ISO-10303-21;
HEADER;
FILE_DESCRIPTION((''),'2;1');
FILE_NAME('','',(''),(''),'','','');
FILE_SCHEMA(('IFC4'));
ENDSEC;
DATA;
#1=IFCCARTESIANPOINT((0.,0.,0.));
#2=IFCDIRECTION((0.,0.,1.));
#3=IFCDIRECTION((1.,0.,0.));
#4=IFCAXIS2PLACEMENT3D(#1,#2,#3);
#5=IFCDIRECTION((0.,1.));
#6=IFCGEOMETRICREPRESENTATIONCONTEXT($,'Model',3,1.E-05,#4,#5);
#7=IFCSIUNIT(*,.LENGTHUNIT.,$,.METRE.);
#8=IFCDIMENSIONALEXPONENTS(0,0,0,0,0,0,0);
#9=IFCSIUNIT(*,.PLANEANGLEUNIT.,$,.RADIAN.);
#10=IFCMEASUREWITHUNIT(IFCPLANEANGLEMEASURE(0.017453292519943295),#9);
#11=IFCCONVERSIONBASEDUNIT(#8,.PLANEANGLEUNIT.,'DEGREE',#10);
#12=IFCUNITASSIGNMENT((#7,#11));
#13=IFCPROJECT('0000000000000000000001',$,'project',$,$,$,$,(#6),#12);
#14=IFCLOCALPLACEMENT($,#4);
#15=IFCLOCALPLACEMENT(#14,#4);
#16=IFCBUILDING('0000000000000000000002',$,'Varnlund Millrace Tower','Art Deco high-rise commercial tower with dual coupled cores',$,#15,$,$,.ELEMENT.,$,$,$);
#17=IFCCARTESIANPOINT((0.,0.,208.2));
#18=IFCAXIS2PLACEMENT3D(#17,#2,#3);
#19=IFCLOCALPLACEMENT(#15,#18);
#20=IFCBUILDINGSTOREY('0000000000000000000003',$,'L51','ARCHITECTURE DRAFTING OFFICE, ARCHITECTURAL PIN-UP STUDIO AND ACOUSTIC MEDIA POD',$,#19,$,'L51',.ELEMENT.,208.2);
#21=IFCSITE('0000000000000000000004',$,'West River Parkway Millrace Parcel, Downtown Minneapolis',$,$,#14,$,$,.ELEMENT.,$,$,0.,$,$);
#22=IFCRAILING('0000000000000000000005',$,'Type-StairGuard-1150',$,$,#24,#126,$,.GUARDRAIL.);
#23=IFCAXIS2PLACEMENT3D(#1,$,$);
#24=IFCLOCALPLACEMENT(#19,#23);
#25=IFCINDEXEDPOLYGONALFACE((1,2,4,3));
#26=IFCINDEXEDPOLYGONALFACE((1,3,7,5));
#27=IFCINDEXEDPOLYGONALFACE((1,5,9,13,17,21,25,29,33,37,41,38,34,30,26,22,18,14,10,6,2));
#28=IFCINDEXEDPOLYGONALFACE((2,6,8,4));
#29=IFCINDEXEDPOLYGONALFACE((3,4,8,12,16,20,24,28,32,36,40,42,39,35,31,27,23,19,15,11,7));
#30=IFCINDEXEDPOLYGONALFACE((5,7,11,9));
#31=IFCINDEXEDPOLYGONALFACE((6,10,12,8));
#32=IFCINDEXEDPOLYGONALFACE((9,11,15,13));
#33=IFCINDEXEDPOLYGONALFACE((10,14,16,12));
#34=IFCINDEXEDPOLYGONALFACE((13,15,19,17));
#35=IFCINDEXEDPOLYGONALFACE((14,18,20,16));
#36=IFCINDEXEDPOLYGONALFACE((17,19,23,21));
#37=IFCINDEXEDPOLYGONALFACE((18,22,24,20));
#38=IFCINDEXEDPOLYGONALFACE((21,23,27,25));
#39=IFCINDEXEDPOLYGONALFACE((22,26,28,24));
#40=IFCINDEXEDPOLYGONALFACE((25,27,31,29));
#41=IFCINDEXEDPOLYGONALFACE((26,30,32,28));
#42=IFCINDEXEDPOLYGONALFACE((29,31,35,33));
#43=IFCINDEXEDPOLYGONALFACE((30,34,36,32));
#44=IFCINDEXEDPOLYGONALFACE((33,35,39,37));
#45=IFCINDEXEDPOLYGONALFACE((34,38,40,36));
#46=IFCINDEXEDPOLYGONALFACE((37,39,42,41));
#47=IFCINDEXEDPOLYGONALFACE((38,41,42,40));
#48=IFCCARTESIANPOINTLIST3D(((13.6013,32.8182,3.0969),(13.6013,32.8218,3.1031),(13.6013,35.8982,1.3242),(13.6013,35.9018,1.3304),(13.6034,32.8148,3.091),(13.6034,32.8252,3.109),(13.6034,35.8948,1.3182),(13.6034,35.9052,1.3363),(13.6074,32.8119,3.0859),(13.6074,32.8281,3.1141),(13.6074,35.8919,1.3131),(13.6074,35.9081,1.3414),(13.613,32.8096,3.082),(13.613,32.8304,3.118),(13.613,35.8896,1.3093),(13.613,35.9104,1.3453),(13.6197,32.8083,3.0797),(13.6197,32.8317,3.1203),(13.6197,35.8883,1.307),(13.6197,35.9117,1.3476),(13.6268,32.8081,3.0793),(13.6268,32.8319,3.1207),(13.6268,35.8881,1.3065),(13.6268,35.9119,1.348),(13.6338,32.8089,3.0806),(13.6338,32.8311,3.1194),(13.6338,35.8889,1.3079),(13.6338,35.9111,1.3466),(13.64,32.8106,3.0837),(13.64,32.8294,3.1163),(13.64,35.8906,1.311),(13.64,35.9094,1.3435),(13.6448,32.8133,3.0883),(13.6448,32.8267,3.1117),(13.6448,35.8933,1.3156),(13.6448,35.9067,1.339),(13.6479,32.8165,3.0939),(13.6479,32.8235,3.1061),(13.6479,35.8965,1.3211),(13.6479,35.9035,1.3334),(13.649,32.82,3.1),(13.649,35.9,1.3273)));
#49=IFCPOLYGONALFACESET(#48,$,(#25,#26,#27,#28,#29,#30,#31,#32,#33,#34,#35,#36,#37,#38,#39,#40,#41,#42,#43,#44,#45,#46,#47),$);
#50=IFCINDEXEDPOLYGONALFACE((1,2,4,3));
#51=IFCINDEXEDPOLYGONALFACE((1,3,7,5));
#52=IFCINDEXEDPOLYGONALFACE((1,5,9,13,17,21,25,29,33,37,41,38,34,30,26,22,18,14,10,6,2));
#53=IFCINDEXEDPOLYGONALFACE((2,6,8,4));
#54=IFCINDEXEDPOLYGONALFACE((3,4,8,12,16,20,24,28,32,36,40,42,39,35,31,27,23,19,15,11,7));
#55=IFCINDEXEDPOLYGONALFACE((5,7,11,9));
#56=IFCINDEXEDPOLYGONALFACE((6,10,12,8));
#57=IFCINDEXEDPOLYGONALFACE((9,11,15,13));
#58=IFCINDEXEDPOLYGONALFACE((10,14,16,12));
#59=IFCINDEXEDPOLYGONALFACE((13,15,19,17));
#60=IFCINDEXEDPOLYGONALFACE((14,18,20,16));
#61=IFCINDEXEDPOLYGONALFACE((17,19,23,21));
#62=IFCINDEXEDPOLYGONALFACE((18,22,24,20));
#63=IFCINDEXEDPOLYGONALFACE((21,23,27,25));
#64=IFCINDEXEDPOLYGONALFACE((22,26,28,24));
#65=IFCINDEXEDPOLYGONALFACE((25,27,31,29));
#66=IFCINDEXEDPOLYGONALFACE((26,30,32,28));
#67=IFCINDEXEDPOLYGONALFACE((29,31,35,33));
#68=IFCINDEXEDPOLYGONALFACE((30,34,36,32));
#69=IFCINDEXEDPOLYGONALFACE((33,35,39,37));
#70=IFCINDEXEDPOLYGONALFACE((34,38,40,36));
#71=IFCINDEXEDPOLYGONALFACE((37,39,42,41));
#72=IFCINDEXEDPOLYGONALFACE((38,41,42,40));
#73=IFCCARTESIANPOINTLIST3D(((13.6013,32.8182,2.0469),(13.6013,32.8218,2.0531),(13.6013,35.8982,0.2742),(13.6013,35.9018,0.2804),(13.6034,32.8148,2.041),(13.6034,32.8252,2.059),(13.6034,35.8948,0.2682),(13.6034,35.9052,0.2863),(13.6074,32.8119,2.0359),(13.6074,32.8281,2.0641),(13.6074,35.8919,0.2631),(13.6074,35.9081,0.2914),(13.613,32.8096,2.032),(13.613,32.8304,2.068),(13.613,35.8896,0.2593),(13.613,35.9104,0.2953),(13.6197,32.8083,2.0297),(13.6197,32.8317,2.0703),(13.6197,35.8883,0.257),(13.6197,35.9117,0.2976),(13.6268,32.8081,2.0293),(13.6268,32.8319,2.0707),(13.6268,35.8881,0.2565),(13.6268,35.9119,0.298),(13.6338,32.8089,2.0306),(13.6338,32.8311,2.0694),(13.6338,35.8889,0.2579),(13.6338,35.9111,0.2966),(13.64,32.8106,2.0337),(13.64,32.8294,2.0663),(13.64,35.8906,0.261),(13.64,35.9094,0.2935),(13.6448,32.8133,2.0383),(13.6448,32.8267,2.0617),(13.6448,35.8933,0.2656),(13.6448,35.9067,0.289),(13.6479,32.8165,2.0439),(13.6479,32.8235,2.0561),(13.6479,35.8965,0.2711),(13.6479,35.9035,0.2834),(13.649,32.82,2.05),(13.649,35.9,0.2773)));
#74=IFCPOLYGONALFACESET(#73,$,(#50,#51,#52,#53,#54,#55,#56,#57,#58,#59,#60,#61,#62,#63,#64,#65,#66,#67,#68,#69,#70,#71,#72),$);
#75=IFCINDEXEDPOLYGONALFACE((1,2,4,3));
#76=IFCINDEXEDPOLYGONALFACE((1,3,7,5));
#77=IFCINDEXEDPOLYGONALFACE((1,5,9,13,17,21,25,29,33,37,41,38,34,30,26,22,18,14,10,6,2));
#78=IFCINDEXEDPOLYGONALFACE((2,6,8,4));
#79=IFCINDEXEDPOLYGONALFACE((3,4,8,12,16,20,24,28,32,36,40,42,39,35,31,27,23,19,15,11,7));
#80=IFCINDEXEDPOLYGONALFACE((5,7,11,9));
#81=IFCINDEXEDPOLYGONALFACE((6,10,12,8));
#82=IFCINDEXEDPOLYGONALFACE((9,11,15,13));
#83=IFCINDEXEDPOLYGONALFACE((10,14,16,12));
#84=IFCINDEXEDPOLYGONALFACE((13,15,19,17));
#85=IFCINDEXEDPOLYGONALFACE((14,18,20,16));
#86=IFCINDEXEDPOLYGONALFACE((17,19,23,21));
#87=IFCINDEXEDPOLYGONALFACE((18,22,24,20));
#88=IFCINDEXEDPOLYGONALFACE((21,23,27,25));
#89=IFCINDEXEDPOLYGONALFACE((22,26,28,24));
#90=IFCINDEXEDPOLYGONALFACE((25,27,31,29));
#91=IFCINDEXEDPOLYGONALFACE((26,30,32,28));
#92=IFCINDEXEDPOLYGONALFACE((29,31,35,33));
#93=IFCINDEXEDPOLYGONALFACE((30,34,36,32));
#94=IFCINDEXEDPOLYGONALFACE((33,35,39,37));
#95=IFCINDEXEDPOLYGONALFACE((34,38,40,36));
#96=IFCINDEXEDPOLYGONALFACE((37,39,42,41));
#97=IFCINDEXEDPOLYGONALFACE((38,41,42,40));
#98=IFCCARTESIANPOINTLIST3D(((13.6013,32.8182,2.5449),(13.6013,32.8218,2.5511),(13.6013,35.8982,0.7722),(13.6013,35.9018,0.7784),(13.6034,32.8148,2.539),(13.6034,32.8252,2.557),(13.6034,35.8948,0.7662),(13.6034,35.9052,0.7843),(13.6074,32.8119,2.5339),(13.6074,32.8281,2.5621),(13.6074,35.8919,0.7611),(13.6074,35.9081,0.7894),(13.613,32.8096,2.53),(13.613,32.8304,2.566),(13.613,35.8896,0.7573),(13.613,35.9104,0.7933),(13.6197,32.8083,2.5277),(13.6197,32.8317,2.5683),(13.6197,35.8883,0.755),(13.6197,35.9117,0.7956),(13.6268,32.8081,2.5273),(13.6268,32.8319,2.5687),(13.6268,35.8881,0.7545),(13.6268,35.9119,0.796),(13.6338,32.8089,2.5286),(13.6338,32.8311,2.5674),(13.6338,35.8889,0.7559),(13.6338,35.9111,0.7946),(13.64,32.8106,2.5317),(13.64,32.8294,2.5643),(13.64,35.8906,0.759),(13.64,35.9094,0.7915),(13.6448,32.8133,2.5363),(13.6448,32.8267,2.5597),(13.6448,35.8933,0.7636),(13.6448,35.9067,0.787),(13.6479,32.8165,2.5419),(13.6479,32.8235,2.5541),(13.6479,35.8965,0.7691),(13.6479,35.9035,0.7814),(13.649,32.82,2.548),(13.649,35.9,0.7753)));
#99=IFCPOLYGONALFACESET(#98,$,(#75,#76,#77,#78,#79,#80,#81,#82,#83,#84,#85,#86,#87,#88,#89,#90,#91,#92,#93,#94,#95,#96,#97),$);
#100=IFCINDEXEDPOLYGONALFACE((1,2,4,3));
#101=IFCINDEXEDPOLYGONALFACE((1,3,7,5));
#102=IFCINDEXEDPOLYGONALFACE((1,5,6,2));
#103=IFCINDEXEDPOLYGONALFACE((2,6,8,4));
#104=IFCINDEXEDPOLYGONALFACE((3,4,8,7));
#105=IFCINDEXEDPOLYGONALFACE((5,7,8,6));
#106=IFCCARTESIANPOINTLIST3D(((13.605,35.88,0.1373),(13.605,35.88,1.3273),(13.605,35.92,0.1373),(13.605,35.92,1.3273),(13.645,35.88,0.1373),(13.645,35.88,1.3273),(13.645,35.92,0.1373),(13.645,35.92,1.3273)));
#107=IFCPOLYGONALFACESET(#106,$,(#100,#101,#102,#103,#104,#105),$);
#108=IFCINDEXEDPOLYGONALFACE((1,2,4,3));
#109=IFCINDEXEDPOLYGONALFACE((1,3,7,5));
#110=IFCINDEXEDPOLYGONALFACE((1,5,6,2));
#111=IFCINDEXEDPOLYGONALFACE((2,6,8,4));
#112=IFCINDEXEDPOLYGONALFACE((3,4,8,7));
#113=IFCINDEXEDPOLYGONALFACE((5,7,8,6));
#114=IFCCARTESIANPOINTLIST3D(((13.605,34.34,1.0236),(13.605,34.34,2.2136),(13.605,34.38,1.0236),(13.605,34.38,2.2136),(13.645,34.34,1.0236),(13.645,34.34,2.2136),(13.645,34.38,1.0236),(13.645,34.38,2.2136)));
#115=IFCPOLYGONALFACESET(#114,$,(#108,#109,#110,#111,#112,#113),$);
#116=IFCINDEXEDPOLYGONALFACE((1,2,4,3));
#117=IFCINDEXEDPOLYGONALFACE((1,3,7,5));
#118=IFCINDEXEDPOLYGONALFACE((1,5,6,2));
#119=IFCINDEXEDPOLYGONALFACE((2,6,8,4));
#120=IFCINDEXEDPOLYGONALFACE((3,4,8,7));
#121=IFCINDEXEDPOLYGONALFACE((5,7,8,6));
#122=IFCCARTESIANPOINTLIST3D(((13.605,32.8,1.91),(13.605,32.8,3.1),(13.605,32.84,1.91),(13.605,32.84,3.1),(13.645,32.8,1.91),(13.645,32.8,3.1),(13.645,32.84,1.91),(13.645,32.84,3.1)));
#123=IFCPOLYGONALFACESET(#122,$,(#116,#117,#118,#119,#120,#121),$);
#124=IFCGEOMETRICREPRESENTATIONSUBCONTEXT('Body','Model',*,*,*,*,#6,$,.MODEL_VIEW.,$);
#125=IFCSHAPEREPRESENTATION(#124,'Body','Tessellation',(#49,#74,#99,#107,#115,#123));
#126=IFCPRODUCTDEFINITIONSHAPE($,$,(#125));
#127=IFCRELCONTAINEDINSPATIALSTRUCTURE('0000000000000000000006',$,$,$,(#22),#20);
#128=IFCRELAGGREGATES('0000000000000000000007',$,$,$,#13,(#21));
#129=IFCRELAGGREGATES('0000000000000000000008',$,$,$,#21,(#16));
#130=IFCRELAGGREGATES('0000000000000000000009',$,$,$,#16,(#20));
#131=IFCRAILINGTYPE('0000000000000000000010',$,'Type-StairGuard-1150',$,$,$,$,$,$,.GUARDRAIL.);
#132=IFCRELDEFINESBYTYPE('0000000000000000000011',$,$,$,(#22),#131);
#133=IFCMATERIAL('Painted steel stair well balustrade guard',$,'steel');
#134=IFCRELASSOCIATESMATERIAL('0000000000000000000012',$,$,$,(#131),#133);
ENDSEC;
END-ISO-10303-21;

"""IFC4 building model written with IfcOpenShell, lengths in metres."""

from ifc_helpers import new_model, entity, si_unit, converted_unit, direction, frame, origin_with_axes, origin_2d_with_axis, place, context, subcontext, project, spatial, rectangle, circle, extrude, material, type_object, element, save


model = new_model("IFC4")

# Units and contexts
model_context = context("Model", 3, precision=1e-05, world=origin_with_axes(), true_north=direction((0.0, 1.0)))
body_context = subcontext(model_context, "Body", "Model", "MODEL_VIEW")
ifc_project = project(units=[si_unit("LENGTHUNIT", "METRE"), converted_unit("PLANEANGLEUNIT", "DEGREE", entity("IfcPlaneAngleMeasure", 0.017453292519943295), si_unit("PLANEANGLEUNIT", "RADIAN"), dimensions=[0, 0, 0, 0, 0, 0, 0])], contexts=[model_context])

# Site, building, storey
site_placement = place(None, origin_with_axes())
site = spatial("IfcSite", under=ifc_project, at=site_placement, Name="West River Parkway Millrace Parcel, Downtown Minneapolis", CompositionType="ELEMENT", RefElevation=0.0)
building_placement = place(site_placement, origin_with_axes())
building = spatial("IfcBuilding", under=site, at=building_placement, Name="Varnlund Millrace Tower", Description="Art Deco high-rise commercial tower with dual coupled cores", CompositionType="ELEMENT")
storey_placement = place(building_placement, frame((0.0, 0.0, 208.2), z_axis=(0.0, 0.0, 1.0), x_axis=(1.0, 0.0, 0.0)))
storey = spatial("IfcBuildingStorey", under=building, at=storey_placement, Name="L51", Description="ARCHITECTURE DRAFTING OFFICE, ARCHITECTURAL PIN-UP STUDIO AND ACOUSTIC MEDIA POD", LongName="L51", CompositionType="ELEMENT", Elevation=208.2)

# Railing
ifc_material_1 = material(Name="Painted steel stair well balustrade guard", Category="steel")
railing_type_1 = type_object("IfcRailingType", Name="Type-StairGuard-1150", PredefinedType="GUARDRAIL", material=ifc_material_1)
railing_1_placement = place(storey_placement, frame((0.0, 0.0, -208.2), z_axis=(0.0, 0.0, 1.0), x_axis=(1.0, 0.0, 0.0)))
element("IfcRailing", 1, at=railing_1_placement, inside=storey, type_object=railing_type_1, Name="Type-StairGuard-1150", PredefinedType="GUARDRAIL", context=body_context, shape_type="SweptSolid", body=[
    extrude(circle(Radius=0.024, at=origin_2d_with_axis()), frame((13.625, 35.9, 209.5273), z_axis=(0.0, -0.866696, 0.498836), x_axis=(1.0, 0.0, 0.0)), (0.0, 0.0, 1.0), 3.5537),
    extrude(circle(Radius=0.024, at=origin_2d_with_axis()), frame((13.625, 35.9, 208.4773), z_axis=(0.0, -0.866696, 0.498836), x_axis=(1.0, 0.0, 0.0)), (0.0, 0.0, 1.0), 3.5537),
    extrude(circle(Radius=0.024, at=origin_2d_with_axis()), frame((13.625, 35.9, 208.9753), z_axis=(0.0, -0.866696, 0.498836), x_axis=(1.0, 0.0, 0.0)), (0.0, 0.0, 1.0), 3.5537),
    extrude(rectangle(XDim=0.04, YDim=0.04, at=origin_2d_with_axis()), frame((13.625, 35.9, 208.3373), z_axis=(0.0, 0.0, 1.0), x_axis=(1.0, 0.0, 0.0)), (0.0, 0.0, 1.0), 1.19),
    extrude(rectangle(XDim=0.04, YDim=0.04, at=origin_2d_with_axis()), frame((13.625, 34.36, 209.2236), z_axis=(0.0, 0.0, 1.0), x_axis=(1.0, 0.0, 0.0)), (0.0, 0.0, 1.0), 1.19),
    extrude(rectangle(XDim=0.04, YDim=0.04, at=origin_2d_with_axis()), frame((13.625, 32.82, 210.11), z_axis=(0.0, 0.0, 1.0), x_axis=(1.0, 0.0, 0.0)), (0.0, 0.0, 1.0), 1.19),
])

save(model, "model.ifc")
